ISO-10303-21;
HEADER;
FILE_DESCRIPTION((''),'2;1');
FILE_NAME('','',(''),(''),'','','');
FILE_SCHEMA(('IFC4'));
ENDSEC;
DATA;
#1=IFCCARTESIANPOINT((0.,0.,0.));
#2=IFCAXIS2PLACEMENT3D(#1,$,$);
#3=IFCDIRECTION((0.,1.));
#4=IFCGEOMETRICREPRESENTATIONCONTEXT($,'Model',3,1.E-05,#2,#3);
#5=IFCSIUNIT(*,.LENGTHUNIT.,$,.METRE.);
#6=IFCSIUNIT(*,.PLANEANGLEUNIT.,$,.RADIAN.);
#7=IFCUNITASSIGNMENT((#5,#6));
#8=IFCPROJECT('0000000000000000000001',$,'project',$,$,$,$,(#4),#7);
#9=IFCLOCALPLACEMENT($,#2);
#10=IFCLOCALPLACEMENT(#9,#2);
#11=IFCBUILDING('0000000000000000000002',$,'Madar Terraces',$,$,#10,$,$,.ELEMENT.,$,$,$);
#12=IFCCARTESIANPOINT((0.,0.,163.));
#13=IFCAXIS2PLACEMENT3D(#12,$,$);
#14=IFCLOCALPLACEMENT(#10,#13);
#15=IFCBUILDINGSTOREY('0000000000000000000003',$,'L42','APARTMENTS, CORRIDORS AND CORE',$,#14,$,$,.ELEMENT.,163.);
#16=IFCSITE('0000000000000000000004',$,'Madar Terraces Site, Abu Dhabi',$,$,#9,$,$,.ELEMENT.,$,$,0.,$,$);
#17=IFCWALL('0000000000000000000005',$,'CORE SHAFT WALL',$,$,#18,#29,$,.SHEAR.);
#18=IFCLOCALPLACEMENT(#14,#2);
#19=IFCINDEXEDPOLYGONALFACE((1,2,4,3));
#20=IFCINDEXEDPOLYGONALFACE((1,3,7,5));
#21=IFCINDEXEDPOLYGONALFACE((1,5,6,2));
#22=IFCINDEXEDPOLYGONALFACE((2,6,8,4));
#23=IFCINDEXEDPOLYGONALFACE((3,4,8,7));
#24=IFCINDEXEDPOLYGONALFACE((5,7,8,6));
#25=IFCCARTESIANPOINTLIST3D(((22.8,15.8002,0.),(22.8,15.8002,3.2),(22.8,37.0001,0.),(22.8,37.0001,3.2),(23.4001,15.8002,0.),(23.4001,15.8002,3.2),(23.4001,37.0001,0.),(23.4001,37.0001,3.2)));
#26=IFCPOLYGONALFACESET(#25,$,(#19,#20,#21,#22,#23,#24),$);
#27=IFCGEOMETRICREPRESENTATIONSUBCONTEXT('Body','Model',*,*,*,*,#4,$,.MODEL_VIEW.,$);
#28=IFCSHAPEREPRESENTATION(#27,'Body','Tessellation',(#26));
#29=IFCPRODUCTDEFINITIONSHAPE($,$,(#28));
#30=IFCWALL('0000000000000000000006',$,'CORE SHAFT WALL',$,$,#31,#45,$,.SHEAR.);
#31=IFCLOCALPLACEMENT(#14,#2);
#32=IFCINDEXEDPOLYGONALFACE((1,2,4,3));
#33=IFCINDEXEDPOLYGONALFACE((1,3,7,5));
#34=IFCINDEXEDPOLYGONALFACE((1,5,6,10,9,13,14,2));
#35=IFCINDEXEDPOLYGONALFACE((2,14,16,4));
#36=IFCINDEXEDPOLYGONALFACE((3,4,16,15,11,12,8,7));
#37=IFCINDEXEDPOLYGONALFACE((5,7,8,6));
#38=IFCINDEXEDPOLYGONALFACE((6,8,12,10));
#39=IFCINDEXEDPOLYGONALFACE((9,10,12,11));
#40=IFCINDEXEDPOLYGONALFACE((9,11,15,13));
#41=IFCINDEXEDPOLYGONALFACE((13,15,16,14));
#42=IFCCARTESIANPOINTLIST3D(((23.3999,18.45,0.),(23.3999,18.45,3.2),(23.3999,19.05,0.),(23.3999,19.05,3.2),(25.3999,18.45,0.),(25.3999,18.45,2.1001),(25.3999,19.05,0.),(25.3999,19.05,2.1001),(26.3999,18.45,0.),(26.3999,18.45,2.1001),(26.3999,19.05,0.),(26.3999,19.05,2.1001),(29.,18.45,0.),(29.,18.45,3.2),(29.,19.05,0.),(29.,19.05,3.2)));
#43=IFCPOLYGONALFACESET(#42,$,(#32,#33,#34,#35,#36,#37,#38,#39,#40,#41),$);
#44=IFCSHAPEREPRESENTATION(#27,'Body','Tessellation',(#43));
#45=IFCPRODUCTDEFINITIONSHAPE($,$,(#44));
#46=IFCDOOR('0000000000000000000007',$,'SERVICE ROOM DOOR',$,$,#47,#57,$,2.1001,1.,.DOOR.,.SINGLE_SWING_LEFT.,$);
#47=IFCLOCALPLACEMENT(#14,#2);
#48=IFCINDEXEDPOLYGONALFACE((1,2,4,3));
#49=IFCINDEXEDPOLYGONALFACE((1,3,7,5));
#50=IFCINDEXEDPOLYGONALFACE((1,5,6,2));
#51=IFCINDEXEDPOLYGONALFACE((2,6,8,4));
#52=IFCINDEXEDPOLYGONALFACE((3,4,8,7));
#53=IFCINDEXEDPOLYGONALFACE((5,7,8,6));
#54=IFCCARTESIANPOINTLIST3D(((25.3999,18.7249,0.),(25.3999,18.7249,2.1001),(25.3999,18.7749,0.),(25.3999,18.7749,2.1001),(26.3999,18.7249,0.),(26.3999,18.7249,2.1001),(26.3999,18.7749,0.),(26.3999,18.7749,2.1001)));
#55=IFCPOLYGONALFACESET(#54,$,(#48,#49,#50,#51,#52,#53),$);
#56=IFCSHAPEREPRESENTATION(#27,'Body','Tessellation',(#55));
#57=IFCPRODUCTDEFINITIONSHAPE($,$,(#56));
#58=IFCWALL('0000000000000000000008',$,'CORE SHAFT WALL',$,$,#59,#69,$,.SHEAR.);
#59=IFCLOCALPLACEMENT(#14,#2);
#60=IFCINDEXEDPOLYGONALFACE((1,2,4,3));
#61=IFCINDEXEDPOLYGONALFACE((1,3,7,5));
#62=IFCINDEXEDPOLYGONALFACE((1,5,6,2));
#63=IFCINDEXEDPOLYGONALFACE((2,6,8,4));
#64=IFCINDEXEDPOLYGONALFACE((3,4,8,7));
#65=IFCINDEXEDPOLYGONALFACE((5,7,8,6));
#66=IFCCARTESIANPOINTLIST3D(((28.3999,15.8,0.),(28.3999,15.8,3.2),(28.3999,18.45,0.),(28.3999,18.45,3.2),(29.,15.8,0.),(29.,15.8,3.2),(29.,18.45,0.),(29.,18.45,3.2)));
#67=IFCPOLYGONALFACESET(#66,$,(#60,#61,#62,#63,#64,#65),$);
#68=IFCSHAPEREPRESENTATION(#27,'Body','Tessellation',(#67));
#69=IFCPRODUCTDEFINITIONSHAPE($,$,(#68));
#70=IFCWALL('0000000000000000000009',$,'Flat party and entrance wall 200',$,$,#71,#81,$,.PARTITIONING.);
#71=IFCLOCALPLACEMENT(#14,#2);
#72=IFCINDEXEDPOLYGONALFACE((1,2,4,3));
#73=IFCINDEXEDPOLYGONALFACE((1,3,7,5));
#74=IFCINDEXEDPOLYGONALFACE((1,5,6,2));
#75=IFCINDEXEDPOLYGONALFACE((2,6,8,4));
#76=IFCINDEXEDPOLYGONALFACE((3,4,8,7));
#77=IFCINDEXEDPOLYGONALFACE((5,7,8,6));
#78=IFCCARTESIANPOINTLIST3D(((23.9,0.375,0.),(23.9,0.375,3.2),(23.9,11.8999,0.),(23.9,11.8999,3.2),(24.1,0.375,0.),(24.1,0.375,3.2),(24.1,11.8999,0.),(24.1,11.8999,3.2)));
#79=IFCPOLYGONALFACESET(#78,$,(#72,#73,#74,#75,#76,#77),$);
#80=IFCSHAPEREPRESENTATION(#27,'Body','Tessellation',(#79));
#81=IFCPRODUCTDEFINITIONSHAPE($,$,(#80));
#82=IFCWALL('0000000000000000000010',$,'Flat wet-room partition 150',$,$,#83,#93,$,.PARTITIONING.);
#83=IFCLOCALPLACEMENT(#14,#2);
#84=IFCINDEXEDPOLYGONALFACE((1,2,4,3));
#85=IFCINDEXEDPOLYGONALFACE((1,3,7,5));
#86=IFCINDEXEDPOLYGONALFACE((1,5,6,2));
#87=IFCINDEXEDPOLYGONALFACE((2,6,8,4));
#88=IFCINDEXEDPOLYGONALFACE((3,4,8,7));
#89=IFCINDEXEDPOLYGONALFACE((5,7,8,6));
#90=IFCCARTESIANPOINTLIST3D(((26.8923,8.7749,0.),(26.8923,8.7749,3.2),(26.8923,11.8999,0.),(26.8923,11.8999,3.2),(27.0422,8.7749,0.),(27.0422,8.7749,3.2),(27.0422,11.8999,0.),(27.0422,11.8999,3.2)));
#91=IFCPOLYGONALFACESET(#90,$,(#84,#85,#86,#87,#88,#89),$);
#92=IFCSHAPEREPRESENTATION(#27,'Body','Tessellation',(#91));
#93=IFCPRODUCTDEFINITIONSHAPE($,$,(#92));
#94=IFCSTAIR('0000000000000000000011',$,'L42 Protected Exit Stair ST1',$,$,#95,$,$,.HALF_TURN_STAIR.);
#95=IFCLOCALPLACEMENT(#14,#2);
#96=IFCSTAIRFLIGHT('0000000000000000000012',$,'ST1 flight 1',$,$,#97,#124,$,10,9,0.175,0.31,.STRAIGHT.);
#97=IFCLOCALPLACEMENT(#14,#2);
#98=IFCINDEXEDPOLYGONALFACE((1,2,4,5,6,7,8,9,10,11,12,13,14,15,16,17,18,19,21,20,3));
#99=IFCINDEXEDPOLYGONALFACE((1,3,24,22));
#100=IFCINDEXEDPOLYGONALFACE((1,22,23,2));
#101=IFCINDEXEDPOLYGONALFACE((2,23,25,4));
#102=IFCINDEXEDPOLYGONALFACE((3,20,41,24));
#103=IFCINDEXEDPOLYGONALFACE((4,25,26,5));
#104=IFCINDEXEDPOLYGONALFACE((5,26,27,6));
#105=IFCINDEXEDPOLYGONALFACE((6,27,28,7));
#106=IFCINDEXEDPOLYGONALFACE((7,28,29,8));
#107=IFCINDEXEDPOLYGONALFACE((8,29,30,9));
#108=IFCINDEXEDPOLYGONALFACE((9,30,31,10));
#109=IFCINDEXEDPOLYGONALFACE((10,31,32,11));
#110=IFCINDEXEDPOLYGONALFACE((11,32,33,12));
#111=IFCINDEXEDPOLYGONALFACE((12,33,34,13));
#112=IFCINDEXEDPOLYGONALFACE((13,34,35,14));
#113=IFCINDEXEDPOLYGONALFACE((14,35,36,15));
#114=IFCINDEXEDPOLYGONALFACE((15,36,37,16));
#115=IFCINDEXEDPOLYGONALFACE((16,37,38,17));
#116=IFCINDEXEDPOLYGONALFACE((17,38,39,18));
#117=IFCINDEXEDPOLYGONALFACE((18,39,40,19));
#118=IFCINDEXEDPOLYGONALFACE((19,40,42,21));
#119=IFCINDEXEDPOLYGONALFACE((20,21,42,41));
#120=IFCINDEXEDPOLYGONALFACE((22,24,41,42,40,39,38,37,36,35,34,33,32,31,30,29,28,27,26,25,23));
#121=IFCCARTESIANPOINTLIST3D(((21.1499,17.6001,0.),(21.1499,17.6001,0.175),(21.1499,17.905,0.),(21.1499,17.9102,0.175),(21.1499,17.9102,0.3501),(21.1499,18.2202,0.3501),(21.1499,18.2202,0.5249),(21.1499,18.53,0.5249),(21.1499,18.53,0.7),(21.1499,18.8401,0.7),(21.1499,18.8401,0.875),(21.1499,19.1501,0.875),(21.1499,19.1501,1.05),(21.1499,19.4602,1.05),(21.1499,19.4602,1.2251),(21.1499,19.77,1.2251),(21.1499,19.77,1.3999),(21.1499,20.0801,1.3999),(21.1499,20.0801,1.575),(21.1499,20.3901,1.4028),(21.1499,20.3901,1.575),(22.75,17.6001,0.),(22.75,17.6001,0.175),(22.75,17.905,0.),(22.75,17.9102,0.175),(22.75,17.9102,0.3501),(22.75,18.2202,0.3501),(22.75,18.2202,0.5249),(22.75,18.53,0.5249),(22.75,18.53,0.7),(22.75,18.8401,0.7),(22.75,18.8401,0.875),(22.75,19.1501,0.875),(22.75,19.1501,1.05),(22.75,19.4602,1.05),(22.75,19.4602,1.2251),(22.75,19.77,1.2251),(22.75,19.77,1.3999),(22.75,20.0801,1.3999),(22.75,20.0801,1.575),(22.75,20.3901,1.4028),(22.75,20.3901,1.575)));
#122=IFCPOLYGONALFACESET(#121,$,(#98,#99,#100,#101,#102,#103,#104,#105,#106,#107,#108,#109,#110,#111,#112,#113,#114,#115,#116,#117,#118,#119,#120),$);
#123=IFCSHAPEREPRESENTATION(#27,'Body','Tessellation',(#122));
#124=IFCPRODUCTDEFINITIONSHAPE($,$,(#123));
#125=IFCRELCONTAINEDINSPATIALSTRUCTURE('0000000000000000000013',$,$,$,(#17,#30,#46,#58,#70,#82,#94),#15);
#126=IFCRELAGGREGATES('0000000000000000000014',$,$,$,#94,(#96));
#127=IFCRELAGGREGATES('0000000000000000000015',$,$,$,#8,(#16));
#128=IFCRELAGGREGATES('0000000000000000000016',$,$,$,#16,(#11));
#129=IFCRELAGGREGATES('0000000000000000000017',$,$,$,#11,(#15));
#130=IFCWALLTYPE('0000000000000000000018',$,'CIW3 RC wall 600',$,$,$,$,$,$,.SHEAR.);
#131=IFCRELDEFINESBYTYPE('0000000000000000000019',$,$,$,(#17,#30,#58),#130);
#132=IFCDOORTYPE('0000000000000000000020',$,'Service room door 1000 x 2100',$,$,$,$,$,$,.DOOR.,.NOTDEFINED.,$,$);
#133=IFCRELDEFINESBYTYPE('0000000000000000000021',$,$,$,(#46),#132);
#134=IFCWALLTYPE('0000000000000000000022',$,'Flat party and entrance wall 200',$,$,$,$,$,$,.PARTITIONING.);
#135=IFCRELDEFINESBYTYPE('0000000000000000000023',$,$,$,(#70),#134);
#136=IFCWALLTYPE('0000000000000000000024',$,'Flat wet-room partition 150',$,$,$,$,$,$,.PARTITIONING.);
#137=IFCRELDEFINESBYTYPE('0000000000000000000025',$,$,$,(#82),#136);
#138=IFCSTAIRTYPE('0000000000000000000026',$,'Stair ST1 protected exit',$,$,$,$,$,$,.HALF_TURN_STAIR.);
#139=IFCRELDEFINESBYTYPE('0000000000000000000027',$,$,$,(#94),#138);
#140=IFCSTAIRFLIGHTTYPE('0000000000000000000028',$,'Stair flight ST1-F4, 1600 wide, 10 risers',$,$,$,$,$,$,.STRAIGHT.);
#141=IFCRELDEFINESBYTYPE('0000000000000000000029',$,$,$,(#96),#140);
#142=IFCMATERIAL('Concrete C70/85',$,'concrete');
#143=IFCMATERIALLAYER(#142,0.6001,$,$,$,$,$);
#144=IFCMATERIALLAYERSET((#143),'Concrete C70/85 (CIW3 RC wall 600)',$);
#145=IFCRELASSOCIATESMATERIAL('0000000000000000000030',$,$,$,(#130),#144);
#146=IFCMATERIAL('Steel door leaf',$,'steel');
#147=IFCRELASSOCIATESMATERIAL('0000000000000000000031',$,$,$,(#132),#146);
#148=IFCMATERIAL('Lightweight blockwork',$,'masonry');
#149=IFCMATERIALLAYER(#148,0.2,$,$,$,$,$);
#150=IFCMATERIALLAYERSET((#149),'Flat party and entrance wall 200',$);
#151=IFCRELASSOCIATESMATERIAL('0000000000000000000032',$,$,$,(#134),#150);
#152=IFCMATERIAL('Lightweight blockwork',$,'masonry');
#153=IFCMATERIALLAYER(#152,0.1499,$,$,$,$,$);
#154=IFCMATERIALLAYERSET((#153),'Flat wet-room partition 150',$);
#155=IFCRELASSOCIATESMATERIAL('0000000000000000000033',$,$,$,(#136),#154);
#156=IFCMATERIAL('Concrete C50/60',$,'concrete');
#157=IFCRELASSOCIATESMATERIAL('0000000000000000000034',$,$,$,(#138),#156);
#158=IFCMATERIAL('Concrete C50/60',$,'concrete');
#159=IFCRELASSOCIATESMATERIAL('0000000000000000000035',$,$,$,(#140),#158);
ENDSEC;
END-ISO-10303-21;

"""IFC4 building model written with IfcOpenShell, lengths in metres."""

from ifc_helpers import new_model, si_unit, direction, frame, frame_2d, origin, place, context, subcontext, project, spatial, polyline, rectangle, outline, extrude, material, layer, layer_set, type_object, element, fill, aggregate, save


model = new_model("IFC4")

# Units and contexts
model_context = context("Model", 3, precision=1e-05, world=origin(), true_north=direction((0.0, 1.0)))
body_context = subcontext(model_context, "Body", "Model", "MODEL_VIEW")
ifc_project = project(units=[si_unit("LENGTHUNIT", "METRE"), si_unit("PLANEANGLEUNIT", "RADIAN")], contexts=[model_context])

# Site, building, storey
site_placement = place(None, origin())
site = spatial("IfcSite", under=ifc_project, at=site_placement, Name="Madar Terraces Site, Abu Dhabi", CompositionType="ELEMENT", RefElevation=0.0)
building_placement = place(site_placement, origin())
building = spatial("IfcBuilding", under=site, at=building_placement, Name="Madar Terraces", CompositionType="ELEMENT")
storey_placement = place(building_placement, frame((0.0, 0.0, 163.0)))
storey = spatial("IfcBuildingStorey", under=building, at=storey_placement, Name="L42", Description="APARTMENTS, CORRIDORS AND CORE", CompositionType="ELEMENT", Elevation=163.0)

# Wall
ifc_material_1 = material(Name="Concrete C70/85", Category="concrete")
ifc_layer_1 = layer(ifc_material_1, 0.6001)
ifc_layer_set_1 = layer_set([ifc_layer_1], Name="Concrete C70/85 (CIW3 RC wall 600)")
wall_type_1 = type_object("IfcWallType", Name="CIW3 RC wall 600", PredefinedType="SHEAR", material=ifc_layer_set_1)
wall_1_placement = place(storey_placement, frame((23.1001, 15.8, 0.0), z_axis=(0.0, 0.0, 1.0), x_axis=(0.0, 1.0, 0.0)))
element("IfcWall", 1, at=wall_1_placement, inside=storey, type_object=wall_type_1, Name="CORE SHAFT WALL", PredefinedType="SHEAR", context=body_context, shape_type="SweptSolid", body=[
    extrude(rectangle(XDim=21.2, YDim=0.6001, at=frame_2d((10.6001, 0.0))), origin(), (0.0, 0.0, 1.0), 3.2),
])

# Wall, opening, door
wall_2_placement = place(storey_placement, frame((23.3999, 18.75, 0.0), z_axis=(0.0, 0.0, 1.0), x_axis=(1.0, 0.0, 0.0)))
wall_2 = element("IfcWall", 2, at=wall_2_placement, inside=storey, type_object=wall_type_1, Name="CORE SHAFT WALL", PredefinedType="SHEAR", context=body_context, shape_type="SweptSolid", body=[
    extrude(rectangle(XDim=5.6001, YDim=0.6001, at=frame_2d((2.8, 0.0))), origin(), (0.0, 0.0, 1.0), 3.2),
])
opening_placement = place(wall_2_placement, frame((2.0, 0.0, 0.0)))
opening = element("IfcOpeningElement", 3, at=opening_placement, cuts=wall_2, PredefinedType="OPENING", context=body_context, shape_type="SweptSolid", body=[
    extrude(rectangle(XDim=1.0, YDim=2.1001, at=frame_2d((0.5, 1.05))), frame((0.0, 0.3101, 0.0), z_axis=(0.0, -1.0, 0.0), x_axis=(1.0, 0.0, 0.0)), (0.0, 0.0, 1.0), 0.6201),
])
ifc_material_2 = material(Name="Steel door leaf", Category="steel")
door_type = type_object("IfcDoorType", Name="Service room door 1000 x 2100", OperationType="NOTDEFINED", PredefinedType="DOOR", material=ifc_material_2)
door_placement = place(opening_placement, origin())
door = element("IfcDoor", 4, at=door_placement, inside=storey, type_object=door_type, Name="SERVICE ROOM DOOR", OperationType="SINGLE_SWING_LEFT", OverallHeight=2.1001, OverallWidth=1.0, PredefinedType="DOOR", context=body_context, shape_type="SweptSolid", body=[
    extrude(rectangle(XDim=1.0, YDim=2.1001, at=frame_2d((0.5, 1.05))), frame((0.0, 0.0249, 0.0), z_axis=(0.0, -1.0, 0.0), x_axis=(1.0, 0.0, 0.0)), (0.0, 0.0, 1.0), 0.05),
])
fill(opening, door)

# Walls
wall_3_placement = place(storey_placement, frame((28.7, 15.8, 0.0), z_axis=(0.0, 0.0, 1.0), x_axis=(0.0, 1.0, 0.0)))
element("IfcWall", 5, at=wall_3_placement, inside=storey, type_object=wall_type_1, Name="CORE SHAFT WALL", PredefinedType="SHEAR", context=body_context, shape_type="SweptSolid", body=[
    extrude(rectangle(XDim=2.6499, YDim=0.6001, at=frame_2d((1.325, 0.0))), origin(), (0.0, 0.0, 1.0), 3.2),
])
ifc_material_3 = material(Name="Lightweight blockwork", Category="masonry")
ifc_layer_2 = layer(ifc_material_3, 0.2)
ifc_layer_set_2 = layer_set([ifc_layer_2], Name="Flat party and entrance wall 200")
wall_type_2 = type_object("IfcWallType", Name="Flat party and entrance wall 200", PredefinedType="PARTITIONING", material=ifc_layer_set_2)
wall_4_placement = place(storey_placement, frame((24.0, 11.8999, 0.0), z_axis=(0.0, 0.0, 1.0), x_axis=(0.0, -1.0, 0.0)))
element("IfcWall", 6, at=wall_4_placement, inside=storey, type_object=wall_type_2, Name="Flat party and entrance wall 200", PredefinedType="PARTITIONING", context=body_context, shape_type="SweptSolid", body=[
    extrude(rectangle(XDim=11.5249, YDim=0.2, at=frame_2d((5.7625, 0.0))), origin(), (0.0, 0.0, 1.0), 3.2),
])
ifc_material_4 = material(Name="Lightweight blockwork", Category="masonry")
ifc_layer_3 = layer(ifc_material_4, 0.1499)
ifc_layer_set_3 = layer_set([ifc_layer_3], Name="Flat wet-room partition 150")
wall_type_3 = type_object("IfcWallType", Name="Flat wet-room partition 150", PredefinedType="PARTITIONING", material=ifc_layer_set_3)
wall_5_placement = place(storey_placement, frame((26.9673, 11.8999, 0.0), z_axis=(0.0, 0.0, 1.0), x_axis=(0.0, -1.0, 0.0)))
element("IfcWall", 7, at=wall_5_placement, inside=storey, type_object=wall_type_3, Name="Flat wet-room partition 150", PredefinedType="PARTITIONING", context=body_context, shape_type="SweptSolid", body=[
    extrude(rectangle(XDim=3.125, YDim=0.1499, at=frame_2d((1.5625, 0.0))), origin(), (0.0, 0.0, 1.0), 3.2),
])

# Stair, stair flight
ifc_material_5 = material(Name="Concrete C50/60", Category="concrete")
stair_type = type_object("IfcStairType", Name="Stair ST1 protected exit", PredefinedType="HALF_TURN_STAIR", material=ifc_material_5)
stair_placement = place(storey_placement, origin())
stair = element("IfcStair", 8, at=stair_placement, inside=storey, type_object=stair_type, Name="L42 Protected Exit Stair ST1", PredefinedType="HALF_TURN_STAIR")
ifc_material_6 = material(Name="Concrete C50/60", Category="concrete")
stair_flight_type = type_object("IfcStairFlightType", Name="Stair flight ST1-F4, 1600 wide, 10 risers", PredefinedType="STRAIGHT", material=ifc_material_6)
stair_flight_placement = place(storey_placement, frame((21.95, 17.6001, 0.0), z_axis=(0.0, 0.0, 1.0), x_axis=(0.0, 1.0, 0.0)))
stair_flight = element("IfcStairFlight", 9, at=stair_flight_placement, type_object=stair_flight_type, Name="ST1 flight 1", NumberOfRisers=10, NumberOfTreads=9, PredefinedType="STRAIGHT", RiserHeight=0.175, TreadLength=0.31, context=body_context, shape_type="SweptSolid", body=[
    extrude(outline(polyline([(0.0, 0.0), (0.0, 0.175), (0.3101, 0.175), (0.3101, 0.3501), (0.6201, 0.3501), (0.6201, 0.5249), (0.9299, 0.5249), (0.9299, 0.7), (1.24, 0.7), (1.24, 0.875), (1.55, 0.875), (1.55, 1.05), (1.8601, 1.05), (1.8601, 1.2251), (2.1699, 1.2251), (2.1699, 1.3999), (2.48, 1.3999), (2.48, 1.575), (2.79, 1.575), (2.79, 1.75), (2.79, 1.4028), (0.3049, 0.0), (0.0, 0.0)])), frame((0.0, 0.8, 0.0), z_axis=(0.0, -1.0, 0.0), x_axis=(1.0, 0.0, 0.0)), (0.0, 0.0, 1.0), 1.6001),
])
aggregate(stair, [stair_flight])

save(model, "model.ifc")
